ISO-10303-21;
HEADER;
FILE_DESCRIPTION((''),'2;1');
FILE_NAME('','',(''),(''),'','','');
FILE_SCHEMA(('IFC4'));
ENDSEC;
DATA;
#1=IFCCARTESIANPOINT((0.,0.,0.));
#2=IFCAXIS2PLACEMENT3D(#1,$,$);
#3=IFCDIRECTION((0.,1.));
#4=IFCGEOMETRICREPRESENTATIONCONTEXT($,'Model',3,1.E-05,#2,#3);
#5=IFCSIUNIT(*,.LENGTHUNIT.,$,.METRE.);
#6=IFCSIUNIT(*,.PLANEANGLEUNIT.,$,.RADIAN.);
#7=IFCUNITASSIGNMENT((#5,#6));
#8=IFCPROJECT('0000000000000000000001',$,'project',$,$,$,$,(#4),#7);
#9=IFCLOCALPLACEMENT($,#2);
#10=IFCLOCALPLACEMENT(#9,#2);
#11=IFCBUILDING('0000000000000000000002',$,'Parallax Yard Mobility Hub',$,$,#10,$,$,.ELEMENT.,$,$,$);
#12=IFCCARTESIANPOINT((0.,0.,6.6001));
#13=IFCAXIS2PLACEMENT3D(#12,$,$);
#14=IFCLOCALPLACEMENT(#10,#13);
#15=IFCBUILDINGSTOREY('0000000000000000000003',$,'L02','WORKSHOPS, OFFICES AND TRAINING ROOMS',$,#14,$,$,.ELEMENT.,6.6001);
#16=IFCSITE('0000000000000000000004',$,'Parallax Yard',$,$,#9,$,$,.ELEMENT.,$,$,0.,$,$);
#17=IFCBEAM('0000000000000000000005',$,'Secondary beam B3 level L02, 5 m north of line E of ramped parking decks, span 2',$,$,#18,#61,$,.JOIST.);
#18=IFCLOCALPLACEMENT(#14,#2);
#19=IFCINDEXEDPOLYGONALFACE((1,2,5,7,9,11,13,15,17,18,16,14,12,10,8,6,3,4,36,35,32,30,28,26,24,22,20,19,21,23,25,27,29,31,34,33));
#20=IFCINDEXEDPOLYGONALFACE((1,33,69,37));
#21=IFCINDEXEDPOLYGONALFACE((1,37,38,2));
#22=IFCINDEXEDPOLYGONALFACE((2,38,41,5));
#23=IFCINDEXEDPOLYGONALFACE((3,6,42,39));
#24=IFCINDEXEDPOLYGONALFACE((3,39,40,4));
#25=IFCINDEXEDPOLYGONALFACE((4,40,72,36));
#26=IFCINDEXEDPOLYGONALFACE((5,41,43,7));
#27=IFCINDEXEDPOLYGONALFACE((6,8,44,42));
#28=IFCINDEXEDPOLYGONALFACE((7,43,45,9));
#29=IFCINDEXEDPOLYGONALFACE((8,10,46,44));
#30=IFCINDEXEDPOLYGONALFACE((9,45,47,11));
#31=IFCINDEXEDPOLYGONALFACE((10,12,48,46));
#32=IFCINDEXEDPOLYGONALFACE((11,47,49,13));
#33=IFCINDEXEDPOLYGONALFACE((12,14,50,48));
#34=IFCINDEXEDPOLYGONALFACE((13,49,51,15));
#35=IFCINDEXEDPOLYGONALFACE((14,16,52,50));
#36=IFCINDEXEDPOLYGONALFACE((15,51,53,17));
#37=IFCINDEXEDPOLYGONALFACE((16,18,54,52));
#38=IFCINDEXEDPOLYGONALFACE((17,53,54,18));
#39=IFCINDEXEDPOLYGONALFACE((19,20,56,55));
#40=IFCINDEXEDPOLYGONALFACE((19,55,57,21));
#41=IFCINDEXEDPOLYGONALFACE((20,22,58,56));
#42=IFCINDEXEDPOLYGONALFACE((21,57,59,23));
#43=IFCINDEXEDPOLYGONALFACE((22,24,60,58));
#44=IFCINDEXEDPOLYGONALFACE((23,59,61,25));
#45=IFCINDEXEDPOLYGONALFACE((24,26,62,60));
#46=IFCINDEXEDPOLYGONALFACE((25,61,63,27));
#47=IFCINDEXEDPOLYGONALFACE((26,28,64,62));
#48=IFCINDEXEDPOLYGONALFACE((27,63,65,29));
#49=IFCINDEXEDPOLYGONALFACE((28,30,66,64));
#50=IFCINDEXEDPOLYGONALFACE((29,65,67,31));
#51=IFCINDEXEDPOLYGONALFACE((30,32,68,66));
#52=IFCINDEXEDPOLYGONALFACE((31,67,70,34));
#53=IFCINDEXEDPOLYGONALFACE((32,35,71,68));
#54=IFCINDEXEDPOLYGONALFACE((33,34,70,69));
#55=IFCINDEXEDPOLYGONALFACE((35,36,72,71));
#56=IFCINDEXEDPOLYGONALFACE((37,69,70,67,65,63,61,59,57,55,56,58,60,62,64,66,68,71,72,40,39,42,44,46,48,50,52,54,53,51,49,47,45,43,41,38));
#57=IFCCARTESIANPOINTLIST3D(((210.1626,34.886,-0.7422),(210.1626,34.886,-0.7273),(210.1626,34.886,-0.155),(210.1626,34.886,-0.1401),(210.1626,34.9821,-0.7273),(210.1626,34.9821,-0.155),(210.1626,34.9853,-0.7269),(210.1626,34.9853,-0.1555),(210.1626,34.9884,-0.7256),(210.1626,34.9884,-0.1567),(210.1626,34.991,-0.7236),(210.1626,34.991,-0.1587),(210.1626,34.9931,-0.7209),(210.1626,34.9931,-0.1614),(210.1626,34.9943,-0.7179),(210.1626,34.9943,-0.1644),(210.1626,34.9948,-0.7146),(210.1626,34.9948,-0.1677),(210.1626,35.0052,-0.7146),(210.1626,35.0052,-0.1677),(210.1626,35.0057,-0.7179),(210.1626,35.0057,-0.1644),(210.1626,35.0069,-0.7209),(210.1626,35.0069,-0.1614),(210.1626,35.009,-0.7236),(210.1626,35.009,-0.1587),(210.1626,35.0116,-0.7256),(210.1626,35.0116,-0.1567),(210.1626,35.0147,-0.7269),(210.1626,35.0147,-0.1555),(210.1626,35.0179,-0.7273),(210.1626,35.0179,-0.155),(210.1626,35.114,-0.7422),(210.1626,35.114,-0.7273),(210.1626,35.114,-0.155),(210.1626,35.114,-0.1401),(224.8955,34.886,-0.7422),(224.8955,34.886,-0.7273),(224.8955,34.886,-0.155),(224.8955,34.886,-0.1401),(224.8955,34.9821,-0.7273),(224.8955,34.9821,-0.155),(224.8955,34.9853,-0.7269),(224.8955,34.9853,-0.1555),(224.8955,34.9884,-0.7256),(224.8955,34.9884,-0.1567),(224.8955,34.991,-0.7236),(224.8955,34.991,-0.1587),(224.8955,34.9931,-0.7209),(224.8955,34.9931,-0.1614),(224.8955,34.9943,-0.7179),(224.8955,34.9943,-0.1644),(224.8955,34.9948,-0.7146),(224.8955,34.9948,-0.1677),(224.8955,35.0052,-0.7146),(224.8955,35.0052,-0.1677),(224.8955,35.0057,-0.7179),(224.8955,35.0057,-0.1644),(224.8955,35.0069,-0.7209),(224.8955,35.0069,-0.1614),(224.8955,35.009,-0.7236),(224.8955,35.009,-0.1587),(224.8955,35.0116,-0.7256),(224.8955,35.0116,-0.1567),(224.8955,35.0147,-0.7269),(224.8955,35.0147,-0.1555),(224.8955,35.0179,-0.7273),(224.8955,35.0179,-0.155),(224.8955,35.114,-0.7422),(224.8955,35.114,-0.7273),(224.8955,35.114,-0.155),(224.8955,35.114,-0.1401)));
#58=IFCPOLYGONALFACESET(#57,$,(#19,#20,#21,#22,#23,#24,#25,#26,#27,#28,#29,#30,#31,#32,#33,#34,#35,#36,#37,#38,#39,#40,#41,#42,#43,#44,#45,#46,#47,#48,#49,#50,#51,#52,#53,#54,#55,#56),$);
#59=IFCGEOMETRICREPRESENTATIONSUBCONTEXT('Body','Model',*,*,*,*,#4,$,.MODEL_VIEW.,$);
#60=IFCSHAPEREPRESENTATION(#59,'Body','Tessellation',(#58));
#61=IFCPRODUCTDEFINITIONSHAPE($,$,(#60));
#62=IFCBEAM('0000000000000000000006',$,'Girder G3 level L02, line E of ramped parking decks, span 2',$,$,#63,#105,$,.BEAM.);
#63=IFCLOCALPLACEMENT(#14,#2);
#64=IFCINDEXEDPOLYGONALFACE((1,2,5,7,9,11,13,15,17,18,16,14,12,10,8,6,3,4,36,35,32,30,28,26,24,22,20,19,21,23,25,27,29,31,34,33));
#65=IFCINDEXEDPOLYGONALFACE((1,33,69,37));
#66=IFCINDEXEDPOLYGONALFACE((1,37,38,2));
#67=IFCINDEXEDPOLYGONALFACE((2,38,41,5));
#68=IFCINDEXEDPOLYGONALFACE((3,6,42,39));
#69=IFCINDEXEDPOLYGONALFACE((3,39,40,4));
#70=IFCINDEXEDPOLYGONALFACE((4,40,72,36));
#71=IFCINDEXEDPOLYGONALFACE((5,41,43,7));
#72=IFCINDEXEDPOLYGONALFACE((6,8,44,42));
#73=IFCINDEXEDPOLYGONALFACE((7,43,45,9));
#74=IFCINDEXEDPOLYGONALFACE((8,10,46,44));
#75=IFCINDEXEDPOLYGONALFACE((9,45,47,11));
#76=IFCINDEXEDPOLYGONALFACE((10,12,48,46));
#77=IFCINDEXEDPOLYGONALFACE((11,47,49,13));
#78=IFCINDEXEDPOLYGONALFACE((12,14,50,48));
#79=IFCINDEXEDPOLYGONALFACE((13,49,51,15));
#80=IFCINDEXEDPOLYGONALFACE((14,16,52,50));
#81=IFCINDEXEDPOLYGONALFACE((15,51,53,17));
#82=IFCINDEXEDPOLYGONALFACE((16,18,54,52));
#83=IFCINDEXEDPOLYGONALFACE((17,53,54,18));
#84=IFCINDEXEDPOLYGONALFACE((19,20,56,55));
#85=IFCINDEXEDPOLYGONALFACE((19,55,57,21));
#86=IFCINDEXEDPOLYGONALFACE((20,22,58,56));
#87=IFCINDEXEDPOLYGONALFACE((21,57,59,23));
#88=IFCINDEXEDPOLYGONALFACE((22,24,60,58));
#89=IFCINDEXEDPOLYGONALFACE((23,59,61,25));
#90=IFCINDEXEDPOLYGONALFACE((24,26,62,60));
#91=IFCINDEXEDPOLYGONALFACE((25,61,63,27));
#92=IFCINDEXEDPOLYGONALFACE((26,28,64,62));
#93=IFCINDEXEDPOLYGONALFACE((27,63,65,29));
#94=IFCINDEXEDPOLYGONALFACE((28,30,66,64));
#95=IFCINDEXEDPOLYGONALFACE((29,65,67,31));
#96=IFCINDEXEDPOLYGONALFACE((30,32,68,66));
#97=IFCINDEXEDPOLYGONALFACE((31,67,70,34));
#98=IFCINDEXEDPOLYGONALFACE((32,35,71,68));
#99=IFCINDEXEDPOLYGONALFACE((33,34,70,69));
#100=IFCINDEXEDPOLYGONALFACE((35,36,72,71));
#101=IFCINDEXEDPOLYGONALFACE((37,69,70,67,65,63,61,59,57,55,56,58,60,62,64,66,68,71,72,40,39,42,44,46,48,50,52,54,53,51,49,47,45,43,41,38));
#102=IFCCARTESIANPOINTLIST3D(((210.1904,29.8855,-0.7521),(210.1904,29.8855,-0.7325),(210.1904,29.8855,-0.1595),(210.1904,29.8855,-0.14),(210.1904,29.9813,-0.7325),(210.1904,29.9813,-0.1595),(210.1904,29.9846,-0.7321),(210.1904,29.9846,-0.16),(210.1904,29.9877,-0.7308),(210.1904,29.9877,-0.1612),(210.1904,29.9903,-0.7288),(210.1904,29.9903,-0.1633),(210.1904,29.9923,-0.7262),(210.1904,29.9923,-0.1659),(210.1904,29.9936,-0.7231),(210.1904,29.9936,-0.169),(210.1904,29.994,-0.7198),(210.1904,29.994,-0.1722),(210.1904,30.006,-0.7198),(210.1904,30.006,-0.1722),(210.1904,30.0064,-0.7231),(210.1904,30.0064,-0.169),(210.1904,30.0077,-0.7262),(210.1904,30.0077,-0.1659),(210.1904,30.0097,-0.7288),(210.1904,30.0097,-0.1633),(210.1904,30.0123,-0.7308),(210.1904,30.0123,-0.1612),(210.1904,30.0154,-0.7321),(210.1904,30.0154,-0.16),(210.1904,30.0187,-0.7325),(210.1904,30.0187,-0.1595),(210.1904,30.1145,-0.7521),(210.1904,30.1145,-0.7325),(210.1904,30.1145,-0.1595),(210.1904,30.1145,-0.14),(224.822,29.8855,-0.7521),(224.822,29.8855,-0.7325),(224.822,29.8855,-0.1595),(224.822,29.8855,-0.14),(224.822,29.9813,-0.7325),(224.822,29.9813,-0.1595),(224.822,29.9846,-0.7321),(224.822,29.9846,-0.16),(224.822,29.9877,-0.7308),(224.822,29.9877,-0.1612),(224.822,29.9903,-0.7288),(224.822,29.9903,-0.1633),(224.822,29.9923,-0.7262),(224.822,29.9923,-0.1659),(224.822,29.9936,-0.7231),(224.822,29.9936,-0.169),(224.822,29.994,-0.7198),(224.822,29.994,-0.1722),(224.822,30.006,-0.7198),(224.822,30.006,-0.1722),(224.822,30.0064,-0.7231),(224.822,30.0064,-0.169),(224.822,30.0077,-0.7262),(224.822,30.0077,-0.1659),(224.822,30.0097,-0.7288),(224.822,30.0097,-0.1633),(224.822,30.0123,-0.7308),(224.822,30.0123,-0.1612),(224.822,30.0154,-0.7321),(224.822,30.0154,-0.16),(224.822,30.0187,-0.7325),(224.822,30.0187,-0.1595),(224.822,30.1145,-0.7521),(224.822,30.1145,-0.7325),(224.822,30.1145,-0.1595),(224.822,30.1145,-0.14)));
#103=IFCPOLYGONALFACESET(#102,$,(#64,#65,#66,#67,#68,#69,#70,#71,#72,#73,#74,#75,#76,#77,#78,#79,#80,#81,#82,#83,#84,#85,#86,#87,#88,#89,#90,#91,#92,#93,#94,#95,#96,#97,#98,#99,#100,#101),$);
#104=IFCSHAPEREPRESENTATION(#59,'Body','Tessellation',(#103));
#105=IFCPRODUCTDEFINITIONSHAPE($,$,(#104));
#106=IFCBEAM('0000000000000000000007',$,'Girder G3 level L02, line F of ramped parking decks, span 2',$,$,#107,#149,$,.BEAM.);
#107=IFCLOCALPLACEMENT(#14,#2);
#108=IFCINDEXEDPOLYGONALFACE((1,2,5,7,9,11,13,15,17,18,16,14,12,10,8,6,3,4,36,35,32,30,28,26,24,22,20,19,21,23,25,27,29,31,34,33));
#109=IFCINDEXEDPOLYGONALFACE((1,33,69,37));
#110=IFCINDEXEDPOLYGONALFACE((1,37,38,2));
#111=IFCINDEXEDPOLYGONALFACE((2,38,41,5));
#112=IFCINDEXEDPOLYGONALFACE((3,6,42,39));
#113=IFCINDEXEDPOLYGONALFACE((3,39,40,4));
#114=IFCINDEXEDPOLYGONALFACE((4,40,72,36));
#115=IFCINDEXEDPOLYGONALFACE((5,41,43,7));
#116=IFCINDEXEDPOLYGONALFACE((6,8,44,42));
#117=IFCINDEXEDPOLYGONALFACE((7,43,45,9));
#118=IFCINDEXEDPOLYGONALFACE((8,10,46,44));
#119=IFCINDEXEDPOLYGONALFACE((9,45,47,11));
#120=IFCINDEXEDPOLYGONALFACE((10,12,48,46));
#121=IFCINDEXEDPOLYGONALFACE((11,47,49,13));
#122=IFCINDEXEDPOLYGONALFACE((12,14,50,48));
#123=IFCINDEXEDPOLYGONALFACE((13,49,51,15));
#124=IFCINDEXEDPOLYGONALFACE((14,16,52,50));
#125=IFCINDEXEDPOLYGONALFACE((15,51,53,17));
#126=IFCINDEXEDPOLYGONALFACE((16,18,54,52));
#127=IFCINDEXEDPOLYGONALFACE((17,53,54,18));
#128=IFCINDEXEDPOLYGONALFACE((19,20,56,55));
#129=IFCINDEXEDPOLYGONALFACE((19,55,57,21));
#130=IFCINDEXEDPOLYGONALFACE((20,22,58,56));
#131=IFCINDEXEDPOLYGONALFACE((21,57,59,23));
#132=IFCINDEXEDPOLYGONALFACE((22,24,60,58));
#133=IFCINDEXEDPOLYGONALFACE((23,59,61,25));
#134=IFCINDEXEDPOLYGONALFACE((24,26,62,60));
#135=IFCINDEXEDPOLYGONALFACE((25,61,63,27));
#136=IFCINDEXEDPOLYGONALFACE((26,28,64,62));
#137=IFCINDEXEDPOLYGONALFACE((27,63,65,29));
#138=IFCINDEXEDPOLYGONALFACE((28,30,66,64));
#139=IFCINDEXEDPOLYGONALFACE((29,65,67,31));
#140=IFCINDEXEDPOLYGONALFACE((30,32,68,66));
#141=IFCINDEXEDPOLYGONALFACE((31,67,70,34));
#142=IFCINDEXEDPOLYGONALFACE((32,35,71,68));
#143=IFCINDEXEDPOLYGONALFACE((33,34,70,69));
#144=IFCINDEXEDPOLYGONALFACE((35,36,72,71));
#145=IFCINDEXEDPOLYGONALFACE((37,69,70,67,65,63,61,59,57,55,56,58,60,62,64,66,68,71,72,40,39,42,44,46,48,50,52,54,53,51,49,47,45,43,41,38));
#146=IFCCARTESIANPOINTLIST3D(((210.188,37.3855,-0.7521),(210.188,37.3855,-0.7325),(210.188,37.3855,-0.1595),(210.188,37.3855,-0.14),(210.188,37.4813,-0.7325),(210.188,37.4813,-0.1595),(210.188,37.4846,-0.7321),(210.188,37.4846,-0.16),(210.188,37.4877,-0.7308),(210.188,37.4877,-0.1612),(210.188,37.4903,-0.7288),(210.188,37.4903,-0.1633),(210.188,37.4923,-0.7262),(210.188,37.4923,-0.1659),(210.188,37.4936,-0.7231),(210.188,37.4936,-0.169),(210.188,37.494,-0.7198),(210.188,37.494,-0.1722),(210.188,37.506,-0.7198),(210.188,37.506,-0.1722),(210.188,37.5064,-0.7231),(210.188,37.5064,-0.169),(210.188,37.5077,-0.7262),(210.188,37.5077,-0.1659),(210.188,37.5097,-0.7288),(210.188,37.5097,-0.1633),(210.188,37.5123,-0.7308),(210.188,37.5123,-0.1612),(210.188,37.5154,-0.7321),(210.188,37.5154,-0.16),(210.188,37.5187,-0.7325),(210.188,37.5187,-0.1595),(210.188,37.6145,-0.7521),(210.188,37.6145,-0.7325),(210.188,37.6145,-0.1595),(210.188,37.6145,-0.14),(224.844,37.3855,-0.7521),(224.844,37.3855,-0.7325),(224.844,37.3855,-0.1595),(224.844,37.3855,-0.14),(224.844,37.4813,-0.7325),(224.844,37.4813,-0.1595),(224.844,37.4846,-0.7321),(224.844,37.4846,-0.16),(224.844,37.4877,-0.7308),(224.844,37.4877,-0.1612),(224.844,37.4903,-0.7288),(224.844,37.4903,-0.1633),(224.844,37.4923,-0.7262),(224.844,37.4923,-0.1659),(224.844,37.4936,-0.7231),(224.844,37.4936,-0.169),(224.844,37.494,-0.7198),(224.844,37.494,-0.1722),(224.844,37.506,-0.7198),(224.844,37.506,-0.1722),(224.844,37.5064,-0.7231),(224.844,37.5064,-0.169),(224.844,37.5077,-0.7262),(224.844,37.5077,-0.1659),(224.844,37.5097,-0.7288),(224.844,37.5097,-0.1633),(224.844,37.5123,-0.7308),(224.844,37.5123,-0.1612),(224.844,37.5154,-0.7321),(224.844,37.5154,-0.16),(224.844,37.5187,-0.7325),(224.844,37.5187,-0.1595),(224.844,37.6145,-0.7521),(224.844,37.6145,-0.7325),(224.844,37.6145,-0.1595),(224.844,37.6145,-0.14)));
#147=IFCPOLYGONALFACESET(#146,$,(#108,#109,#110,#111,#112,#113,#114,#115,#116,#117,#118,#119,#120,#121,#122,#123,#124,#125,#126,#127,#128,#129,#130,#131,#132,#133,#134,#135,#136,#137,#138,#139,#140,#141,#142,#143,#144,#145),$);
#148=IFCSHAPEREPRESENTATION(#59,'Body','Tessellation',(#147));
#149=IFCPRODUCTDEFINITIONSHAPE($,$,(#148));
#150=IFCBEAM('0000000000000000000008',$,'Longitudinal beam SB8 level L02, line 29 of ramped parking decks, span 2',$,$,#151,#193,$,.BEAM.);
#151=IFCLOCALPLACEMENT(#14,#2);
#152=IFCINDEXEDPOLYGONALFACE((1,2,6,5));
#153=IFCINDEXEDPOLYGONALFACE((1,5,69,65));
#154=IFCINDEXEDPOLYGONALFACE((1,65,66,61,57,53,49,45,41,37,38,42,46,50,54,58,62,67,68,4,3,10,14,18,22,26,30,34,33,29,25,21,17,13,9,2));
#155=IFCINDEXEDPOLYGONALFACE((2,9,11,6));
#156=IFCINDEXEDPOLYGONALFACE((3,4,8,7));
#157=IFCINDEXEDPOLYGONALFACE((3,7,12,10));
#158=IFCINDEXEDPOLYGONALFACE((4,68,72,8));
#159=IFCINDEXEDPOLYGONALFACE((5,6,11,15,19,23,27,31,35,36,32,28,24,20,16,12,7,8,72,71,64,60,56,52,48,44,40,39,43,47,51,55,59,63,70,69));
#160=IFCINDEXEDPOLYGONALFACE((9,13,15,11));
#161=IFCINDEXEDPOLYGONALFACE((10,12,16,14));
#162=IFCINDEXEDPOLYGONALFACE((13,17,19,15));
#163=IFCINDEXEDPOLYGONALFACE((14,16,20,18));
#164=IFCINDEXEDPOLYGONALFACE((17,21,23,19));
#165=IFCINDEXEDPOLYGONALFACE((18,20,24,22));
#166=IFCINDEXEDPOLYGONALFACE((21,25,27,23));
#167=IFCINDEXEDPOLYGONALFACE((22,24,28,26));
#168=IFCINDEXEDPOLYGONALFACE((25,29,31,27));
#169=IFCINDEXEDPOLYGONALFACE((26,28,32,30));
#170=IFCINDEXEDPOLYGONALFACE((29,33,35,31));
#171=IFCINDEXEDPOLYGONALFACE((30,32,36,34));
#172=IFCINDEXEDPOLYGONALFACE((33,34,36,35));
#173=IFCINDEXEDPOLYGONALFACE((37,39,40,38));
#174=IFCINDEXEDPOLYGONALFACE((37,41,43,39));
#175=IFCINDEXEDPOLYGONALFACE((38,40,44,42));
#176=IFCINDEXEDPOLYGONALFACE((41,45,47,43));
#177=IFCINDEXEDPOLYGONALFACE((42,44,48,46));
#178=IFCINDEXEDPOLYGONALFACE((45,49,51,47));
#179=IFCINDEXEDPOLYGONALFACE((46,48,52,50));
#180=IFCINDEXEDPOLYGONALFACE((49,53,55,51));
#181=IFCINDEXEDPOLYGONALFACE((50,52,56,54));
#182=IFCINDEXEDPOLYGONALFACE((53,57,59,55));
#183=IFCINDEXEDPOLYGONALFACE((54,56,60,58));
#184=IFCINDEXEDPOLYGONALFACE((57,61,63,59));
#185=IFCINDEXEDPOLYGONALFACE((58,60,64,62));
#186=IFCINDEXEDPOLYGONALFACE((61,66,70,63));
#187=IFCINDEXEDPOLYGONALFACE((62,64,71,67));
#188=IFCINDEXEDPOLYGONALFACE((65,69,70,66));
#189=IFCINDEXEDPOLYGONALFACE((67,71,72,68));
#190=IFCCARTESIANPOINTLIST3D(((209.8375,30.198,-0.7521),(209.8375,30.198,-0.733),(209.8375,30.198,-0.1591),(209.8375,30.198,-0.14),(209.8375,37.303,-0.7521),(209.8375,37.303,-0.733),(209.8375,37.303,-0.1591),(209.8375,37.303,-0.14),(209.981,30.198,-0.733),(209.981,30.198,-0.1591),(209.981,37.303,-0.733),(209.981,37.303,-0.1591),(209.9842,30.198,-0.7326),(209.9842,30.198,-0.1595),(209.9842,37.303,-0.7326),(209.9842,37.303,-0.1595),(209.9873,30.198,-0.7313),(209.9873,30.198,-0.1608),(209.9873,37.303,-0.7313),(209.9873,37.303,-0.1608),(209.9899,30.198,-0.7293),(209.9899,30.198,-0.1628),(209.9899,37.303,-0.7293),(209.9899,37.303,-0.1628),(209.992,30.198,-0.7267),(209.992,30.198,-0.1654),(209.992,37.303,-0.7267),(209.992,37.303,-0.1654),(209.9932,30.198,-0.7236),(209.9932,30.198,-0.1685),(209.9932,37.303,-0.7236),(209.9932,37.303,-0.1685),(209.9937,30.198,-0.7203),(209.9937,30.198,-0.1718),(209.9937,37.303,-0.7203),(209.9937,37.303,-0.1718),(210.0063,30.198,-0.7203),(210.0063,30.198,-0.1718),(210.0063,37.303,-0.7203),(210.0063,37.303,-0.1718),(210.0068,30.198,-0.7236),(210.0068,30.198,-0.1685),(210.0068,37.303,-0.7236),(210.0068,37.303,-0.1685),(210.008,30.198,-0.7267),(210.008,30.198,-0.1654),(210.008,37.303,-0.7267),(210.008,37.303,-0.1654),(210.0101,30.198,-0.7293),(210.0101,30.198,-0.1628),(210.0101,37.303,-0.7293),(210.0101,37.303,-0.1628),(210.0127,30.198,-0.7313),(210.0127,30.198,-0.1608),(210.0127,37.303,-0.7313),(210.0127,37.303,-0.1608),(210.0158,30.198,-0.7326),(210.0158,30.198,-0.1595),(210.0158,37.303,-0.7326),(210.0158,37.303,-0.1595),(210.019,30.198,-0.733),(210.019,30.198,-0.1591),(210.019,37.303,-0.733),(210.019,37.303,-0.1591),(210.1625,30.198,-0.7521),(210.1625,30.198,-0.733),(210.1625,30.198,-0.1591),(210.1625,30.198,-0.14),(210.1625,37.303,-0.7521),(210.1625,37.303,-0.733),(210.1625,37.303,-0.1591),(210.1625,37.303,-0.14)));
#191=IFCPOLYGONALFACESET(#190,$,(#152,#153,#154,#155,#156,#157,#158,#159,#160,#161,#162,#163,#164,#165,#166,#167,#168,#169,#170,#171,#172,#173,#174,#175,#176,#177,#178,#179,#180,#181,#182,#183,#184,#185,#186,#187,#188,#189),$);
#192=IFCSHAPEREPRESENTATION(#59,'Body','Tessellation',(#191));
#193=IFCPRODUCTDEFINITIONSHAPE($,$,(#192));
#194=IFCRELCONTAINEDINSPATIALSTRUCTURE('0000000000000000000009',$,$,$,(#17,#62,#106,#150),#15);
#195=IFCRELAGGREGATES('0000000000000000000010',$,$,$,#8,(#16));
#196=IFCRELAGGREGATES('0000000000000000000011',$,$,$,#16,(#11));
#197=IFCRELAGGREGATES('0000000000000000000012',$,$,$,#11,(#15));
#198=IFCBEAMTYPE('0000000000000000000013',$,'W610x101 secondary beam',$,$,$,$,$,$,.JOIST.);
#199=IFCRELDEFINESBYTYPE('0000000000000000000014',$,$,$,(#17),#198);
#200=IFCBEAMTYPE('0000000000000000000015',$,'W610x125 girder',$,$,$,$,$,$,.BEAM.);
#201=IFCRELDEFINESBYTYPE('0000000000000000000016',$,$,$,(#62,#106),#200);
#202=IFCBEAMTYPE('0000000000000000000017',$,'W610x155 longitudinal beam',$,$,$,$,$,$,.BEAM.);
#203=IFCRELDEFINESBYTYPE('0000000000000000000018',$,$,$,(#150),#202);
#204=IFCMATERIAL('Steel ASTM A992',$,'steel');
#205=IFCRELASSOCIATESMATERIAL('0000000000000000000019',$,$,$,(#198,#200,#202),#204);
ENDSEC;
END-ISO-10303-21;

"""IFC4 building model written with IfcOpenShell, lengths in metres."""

from ifc_helpers import new_model, si_unit, direction, frame, origin, origin_2d, place, context, subcontext, project, spatial, i_section, extrude, material, material_profile, profile_set, type_object, element, save


model = new_model("IFC4")

# Units and contexts
model_context = context("Model", 3, precision=1e-05, world=origin(), true_north=direction((0.0, 1.0)))
body_context = subcontext(model_context, "Body", "Model", "MODEL_VIEW")
ifc_project = project(units=[si_unit("LENGTHUNIT", "METRE"), si_unit("PLANEANGLEUNIT", "RADIAN")], contexts=[model_context])

# Site, building, storey
site_placement = place(None, origin())
site = spatial("IfcSite", under=ifc_project, at=site_placement, Name="Parallax Yard", CompositionType="ELEMENT", RefElevation=0.0)
building_placement = place(site_placement, origin())
building = spatial("IfcBuilding", under=site, at=building_placement, Name="Parallax Yard Mobility Hub", CompositionType="ELEMENT")
storey_placement = place(building_placement, frame((0.0, 0.0, 6.6001)))
storey = spatial("IfcBuildingStorey", under=building, at=storey_placement, Name="L02", Description="WORKSHOPS, OFFICES AND TRAINING ROOMS", CompositionType="ELEMENT", Elevation=6.6001)

# Shared definitions
ifc_material_1 = material(Name="Steel ASTM A992", Category="steel")

# Beams
ifc_material_profile_1 = material_profile(ifc_material_1, i_section(OverallWidth=0.228, OverallDepth=0.6021, WebThickness=0.0105, FlangeThickness=0.0149, FilletRadius=0.0127, at=origin_2d()), Name="W610x101")
ifc_profile_set_1 = profile_set([ifc_material_profile_1], Name="Steel ASTM A992")
beam_type_1 = type_object("IfcBeamType", Name="W610x101 secondary beam", PredefinedType="JOIST", material=ifc_profile_set_1)
for number, where, z_axis, x_axis, name in (
    (1, (210.1626, 35.0, -0.4412), (1.0, 0.0, 0.0), (0.0, 1.0, 0.0), "Secondary beam B3 level L02, 5 m north of line E of ramped parking decks, span 2"),
):
    element("IfcBeam", number, at=place(storey_placement, frame(where, z_axis=z_axis, x_axis=x_axis)), inside=storey, type_object=beam_type_1, Name=name, PredefinedType="JOIST", context=body_context, shape_type="SweptSolid", body=[
        extrude(i_section(OverallWidth=0.228, OverallDepth=0.6021, WebThickness=0.0105, FlangeThickness=0.0149, FilletRadius=0.0127, at=origin_2d()), origin(), (0.0, 0.0, 1.0), 14.7329),
    ])
ifc_material_profile_2 = material_profile(ifc_material_1, i_section(OverallWidth=0.229, OverallDepth=0.6121, WebThickness=0.012, FlangeThickness=0.0195, FilletRadius=0.0127, at=origin_2d()), Name="W610x125")
ifc_profile_set_2 = profile_set([ifc_material_profile_2], Name="Steel ASTM A992")
beam_type_2 = type_object("IfcBeamType", Name="W610x125 girder", PredefinedType="BEAM", material=ifc_profile_set_2)
beam_1_placement = place(storey_placement, frame((210.1904, 30.0, -0.446), z_axis=(1.0, 0.0, 0.0), x_axis=(0.0, 1.0, 0.0)))
element("IfcBeam", 2, at=beam_1_placement, inside=storey, type_object=beam_type_2, Name="Girder G3 level L02, line E of ramped parking decks, span 2", PredefinedType="BEAM", context=body_context, shape_type="SweptSolid", body=[
    extrude(i_section(OverallWidth=0.229, OverallDepth=0.6121, WebThickness=0.012, FlangeThickness=0.0195, FilletRadius=0.0127, at=origin_2d()), origin(), (0.0, 0.0, 1.0), 14.6316),
])
beam_2_placement = place(storey_placement, frame((210.188, 37.5, -0.446), z_axis=(1.0, 0.0, 0.0), x_axis=(0.0, 1.0, 0.0)))
element("IfcBeam", 3, at=beam_2_placement, inside=storey, type_object=beam_type_2, Name="Girder G3 level L02, line F of ramped parking decks, span 2", PredefinedType="BEAM", context=body_context, shape_type="SweptSolid", body=[
    extrude(i_section(OverallWidth=0.229, OverallDepth=0.6121, WebThickness=0.012, FlangeThickness=0.0195, FilletRadius=0.0127, at=origin_2d()), origin(), (0.0, 0.0, 1.0), 14.656),
])
ifc_material_profile_3 = material_profile(ifc_material_1, i_section(OverallWidth=0.325, OverallDepth=0.6121, WebThickness=0.0127, FlangeThickness=0.019, FilletRadius=0.0127, at=origin_2d()), Name="W610x155")
ifc_profile_set_3 = profile_set([ifc_material_profile_3], Name="Steel ASTM A992")
beam_type_3 = type_object("IfcBeamType", Name="W610x155 longitudinal beam", PredefinedType="BEAM", material=ifc_profile_set_3)
beam_3_placement = place(storey_placement, frame((210.0, 30.198, -0.446), z_axis=(0.0, 1.0, 0.0), x_axis=(-1.0, 0.0, 0.0)))
element("IfcBeam", 4, at=beam_3_placement, inside=storey, type_object=beam_type_3, Name="Longitudinal beam SB8 level L02, line 29 of ramped parking decks, span 2", PredefinedType="BEAM", context=body_context, shape_type="SweptSolid", body=[
    extrude(i_section(OverallWidth=0.325, OverallDepth=0.6121, WebThickness=0.0127, FlangeThickness=0.019, FilletRadius=0.0127, at=origin_2d()), origin(), (0.0, 0.0, 1.0), 7.105),
])

save(model, "model.ifc")
